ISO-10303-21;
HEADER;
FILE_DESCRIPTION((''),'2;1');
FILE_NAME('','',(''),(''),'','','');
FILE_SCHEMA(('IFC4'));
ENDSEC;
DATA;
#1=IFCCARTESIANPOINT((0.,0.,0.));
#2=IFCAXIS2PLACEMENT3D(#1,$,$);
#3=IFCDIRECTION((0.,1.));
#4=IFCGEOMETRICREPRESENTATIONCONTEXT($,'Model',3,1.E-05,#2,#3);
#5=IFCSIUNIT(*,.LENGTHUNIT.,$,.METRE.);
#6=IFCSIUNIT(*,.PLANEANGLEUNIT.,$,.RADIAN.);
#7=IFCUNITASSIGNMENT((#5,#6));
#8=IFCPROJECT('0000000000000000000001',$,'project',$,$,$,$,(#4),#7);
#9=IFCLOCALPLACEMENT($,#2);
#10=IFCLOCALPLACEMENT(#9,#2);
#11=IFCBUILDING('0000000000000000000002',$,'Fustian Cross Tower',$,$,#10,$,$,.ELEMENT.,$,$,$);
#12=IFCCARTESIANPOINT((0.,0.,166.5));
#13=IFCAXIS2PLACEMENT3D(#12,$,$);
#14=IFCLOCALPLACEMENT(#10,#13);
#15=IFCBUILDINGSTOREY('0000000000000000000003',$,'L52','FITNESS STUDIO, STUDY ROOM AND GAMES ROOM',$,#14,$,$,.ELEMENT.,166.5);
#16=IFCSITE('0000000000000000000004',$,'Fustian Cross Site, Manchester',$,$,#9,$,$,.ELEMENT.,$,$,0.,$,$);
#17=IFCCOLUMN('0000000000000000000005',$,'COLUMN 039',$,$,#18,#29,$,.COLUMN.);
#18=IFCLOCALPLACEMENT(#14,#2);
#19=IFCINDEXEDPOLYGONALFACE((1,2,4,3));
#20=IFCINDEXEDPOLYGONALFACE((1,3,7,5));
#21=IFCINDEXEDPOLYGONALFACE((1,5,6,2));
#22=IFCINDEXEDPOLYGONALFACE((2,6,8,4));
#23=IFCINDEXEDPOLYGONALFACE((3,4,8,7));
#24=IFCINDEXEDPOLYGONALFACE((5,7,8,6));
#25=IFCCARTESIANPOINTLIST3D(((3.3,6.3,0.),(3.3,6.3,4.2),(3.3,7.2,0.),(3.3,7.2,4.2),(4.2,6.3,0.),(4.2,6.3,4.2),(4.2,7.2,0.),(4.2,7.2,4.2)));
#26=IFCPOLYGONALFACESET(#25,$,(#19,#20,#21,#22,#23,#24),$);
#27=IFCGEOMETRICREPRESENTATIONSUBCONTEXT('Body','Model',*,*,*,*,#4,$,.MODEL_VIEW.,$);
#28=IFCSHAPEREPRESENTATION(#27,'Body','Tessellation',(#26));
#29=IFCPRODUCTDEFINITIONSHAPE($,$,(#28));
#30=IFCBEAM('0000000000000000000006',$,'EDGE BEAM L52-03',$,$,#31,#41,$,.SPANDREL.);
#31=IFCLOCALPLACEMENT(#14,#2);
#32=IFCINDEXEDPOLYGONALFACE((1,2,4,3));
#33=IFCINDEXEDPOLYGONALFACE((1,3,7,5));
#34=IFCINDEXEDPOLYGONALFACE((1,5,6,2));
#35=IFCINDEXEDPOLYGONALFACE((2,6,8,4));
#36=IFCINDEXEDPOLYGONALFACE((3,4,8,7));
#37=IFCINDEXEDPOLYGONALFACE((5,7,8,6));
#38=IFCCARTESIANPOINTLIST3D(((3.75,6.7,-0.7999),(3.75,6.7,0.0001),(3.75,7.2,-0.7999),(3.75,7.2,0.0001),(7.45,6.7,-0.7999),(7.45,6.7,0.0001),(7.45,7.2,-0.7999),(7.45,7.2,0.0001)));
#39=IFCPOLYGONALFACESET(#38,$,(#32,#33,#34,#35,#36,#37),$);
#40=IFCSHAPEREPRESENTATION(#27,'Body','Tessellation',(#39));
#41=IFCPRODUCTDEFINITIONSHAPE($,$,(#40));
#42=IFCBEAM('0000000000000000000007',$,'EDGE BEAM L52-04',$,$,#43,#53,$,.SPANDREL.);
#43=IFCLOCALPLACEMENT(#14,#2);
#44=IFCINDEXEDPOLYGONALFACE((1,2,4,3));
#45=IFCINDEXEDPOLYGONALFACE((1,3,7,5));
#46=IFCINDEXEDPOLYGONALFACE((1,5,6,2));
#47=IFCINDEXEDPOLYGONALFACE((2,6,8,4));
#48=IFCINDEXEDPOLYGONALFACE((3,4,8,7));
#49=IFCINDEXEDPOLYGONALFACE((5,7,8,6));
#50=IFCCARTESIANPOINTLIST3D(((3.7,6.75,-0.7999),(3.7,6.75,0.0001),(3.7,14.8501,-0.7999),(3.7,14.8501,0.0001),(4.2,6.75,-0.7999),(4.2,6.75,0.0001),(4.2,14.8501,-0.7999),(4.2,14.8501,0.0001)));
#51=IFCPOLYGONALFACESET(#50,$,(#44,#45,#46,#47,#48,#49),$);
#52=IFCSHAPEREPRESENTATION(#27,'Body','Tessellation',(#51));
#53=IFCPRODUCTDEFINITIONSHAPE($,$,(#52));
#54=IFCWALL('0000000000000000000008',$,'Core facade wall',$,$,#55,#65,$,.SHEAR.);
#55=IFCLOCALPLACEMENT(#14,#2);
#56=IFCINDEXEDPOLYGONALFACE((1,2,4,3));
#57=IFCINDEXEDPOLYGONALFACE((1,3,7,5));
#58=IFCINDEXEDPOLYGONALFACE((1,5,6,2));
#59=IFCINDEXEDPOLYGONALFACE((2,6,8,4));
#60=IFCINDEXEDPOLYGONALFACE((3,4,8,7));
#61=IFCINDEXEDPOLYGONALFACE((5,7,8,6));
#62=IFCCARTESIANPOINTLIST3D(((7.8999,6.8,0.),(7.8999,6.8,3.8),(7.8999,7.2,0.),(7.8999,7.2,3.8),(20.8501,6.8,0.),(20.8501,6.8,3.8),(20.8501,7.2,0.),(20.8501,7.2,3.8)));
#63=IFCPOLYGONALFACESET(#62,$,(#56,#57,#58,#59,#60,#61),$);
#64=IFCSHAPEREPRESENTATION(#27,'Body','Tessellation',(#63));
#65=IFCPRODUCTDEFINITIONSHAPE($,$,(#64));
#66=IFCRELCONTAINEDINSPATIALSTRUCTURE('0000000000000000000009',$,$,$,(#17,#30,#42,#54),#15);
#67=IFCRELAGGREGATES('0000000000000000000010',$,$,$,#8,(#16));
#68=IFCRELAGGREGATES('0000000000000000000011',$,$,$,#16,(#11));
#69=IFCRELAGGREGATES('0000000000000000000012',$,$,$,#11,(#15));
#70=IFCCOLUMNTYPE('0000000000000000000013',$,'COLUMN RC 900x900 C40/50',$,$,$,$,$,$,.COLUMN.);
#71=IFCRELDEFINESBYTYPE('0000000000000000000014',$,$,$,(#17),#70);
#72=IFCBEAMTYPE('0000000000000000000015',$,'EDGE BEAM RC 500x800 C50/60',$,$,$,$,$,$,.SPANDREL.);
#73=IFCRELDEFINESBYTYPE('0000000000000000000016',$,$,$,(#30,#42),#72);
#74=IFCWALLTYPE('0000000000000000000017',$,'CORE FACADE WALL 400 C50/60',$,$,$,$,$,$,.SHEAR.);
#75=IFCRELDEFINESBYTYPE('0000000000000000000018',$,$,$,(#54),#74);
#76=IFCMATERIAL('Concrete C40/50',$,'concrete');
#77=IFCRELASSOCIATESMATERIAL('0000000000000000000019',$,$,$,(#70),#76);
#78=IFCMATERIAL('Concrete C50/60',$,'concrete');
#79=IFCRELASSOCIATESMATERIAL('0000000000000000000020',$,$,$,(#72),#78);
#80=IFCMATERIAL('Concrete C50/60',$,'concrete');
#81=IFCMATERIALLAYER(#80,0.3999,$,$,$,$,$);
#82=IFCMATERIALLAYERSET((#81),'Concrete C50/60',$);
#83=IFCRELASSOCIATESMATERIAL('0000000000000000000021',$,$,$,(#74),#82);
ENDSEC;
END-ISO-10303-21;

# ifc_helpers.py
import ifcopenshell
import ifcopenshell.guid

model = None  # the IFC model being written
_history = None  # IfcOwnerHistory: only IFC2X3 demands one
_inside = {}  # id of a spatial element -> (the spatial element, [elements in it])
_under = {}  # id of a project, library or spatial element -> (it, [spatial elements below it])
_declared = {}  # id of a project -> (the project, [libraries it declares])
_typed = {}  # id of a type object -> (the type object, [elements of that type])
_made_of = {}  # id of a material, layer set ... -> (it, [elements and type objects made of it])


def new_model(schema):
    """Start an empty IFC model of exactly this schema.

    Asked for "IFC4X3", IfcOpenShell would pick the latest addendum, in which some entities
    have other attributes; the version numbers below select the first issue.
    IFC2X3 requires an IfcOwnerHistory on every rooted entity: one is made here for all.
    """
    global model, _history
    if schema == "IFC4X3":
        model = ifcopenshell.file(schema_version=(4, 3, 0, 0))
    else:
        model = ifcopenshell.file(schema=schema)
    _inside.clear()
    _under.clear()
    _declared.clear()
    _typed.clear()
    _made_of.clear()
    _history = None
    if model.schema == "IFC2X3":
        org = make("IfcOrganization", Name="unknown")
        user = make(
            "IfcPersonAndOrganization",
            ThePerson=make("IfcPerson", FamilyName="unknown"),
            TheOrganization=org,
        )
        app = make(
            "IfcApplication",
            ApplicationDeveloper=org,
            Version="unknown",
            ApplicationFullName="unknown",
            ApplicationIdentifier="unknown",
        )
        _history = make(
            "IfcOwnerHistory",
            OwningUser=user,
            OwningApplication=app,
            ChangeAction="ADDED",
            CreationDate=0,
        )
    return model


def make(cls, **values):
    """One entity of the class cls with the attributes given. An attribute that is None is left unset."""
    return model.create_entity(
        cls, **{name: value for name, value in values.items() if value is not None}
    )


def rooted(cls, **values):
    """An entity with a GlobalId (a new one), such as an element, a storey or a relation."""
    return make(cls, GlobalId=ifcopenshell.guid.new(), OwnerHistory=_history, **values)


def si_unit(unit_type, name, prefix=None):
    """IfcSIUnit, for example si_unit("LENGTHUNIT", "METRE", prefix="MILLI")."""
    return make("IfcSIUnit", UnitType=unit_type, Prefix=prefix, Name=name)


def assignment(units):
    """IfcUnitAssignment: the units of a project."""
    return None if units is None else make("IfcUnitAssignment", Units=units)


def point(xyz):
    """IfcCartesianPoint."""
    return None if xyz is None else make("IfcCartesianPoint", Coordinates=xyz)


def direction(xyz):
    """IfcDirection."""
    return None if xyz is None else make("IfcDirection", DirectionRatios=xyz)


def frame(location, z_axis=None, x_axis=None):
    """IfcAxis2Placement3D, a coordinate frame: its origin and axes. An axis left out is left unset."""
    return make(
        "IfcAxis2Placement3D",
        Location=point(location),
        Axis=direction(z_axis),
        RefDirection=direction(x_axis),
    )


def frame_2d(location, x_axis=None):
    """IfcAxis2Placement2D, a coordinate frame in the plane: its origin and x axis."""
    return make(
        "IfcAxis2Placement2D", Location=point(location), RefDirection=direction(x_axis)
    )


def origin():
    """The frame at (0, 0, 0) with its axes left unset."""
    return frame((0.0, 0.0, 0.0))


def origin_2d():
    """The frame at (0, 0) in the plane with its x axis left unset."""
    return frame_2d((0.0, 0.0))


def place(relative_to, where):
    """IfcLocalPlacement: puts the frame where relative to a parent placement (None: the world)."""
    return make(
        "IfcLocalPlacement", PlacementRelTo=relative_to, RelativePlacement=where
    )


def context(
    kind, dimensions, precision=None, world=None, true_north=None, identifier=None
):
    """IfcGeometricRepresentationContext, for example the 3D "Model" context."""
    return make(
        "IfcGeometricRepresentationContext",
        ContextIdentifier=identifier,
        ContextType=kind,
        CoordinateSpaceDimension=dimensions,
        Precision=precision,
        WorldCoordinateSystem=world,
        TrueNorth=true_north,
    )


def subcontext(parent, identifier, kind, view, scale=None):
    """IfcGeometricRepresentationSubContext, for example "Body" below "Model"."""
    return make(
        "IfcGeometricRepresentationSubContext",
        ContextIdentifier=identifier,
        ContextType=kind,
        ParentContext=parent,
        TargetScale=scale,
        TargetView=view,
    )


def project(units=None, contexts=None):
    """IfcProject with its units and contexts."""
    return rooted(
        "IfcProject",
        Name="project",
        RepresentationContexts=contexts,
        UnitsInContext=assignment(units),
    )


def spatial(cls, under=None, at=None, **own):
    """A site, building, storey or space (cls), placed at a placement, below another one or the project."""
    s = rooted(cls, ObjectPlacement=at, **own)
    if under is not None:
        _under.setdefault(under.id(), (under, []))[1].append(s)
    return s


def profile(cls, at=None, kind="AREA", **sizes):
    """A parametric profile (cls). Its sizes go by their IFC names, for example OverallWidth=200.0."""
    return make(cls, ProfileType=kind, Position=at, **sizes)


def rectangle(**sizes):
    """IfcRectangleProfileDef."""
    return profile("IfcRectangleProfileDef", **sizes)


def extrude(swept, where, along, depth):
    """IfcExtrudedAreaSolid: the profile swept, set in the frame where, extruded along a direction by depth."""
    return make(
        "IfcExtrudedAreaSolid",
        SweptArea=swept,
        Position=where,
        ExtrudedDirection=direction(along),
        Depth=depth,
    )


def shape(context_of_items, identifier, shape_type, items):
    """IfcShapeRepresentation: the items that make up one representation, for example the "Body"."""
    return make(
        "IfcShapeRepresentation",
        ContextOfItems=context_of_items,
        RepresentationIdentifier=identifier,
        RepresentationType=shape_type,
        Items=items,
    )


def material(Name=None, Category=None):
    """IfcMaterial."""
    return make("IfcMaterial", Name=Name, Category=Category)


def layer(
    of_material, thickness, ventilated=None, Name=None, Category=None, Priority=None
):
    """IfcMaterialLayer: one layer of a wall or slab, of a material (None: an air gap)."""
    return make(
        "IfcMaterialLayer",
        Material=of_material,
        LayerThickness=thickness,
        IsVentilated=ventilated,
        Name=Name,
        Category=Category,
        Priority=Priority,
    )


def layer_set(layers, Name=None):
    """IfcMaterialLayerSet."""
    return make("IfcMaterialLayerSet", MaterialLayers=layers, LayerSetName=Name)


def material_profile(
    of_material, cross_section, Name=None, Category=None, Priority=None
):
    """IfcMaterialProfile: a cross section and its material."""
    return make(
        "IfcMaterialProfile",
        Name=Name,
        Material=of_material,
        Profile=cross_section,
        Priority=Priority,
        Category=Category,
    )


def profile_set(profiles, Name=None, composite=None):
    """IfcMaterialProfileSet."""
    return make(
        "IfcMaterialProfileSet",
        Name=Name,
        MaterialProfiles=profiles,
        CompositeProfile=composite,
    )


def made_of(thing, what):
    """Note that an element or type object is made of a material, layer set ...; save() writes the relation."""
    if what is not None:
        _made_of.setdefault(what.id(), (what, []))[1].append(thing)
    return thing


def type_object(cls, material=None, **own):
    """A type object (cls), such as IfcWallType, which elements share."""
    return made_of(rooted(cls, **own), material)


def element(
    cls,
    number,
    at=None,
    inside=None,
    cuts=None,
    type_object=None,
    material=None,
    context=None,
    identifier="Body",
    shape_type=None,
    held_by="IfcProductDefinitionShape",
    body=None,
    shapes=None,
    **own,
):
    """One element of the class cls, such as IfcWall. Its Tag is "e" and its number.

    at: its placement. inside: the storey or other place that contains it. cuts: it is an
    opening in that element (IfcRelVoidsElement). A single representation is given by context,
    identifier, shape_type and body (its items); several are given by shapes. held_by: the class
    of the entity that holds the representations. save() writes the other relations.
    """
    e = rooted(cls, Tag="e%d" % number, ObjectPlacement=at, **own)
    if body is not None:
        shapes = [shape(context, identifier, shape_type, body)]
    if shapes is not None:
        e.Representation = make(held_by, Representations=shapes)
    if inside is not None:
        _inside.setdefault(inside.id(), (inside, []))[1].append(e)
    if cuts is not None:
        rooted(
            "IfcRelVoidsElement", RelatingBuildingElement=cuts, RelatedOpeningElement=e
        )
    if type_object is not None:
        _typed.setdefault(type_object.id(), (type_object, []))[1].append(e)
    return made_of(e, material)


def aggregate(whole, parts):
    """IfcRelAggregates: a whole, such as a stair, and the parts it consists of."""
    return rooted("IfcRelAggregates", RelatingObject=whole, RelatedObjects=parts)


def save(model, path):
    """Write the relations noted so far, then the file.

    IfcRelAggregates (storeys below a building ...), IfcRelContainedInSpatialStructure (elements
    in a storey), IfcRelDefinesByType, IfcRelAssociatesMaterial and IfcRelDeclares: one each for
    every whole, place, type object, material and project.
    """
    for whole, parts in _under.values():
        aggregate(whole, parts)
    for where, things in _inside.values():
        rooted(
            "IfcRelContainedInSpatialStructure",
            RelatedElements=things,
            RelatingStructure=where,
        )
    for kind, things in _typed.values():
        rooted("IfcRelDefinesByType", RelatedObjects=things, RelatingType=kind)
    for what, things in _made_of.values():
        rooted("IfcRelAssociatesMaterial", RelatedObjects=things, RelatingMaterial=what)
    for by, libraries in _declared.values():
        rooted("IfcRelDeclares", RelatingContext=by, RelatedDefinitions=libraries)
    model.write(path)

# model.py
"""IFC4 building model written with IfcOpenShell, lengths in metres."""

from ifc_helpers import new_model, si_unit, direction, frame, frame_2d, origin, origin_2d, place, context, subcontext, project, spatial, rectangle, extrude, material, layer, layer_set, material_profile, profile_set, type_object, element, save


model = new_model("IFC4")

# Units and contexts
model_context = context("Model", 3, precision=1e-05, world=origin(), true_north=direction((0.0, 1.0)))
body_context = subcontext(model_context, "Body", "Model", "MODEL_VIEW")
ifc_project = project(units=[si_unit("LENGTHUNIT", "METRE"), si_unit("PLANEANGLEUNIT", "RADIAN")], contexts=[model_context])

# Site, building, storey
site_placement = place(None, origin())
site = spatial("IfcSite", under=ifc_project, at=site_placement, Name="Fustian Cross Site, Manchester", CompositionType="ELEMENT", RefElevation=0.0)
building_placement = place(site_placement, origin())
building = spatial("IfcBuilding", under=site, at=building_placement, Name="Fustian Cross Tower", CompositionType="ELEMENT")
storey_placement = place(building_placement, frame((0.0, 0.0, 166.5)))
storey = spatial("IfcBuildingStorey", under=building, at=storey_placement, Name="L52", Description="FITNESS STUDIO, STUDY ROOM AND GAMES ROOM", CompositionType="ELEMENT", Elevation=166.5)

# Column
ifc_material_1 = material(Name="Concrete C40/50", Category="concrete")
ifc_material_profile_1 = material_profile(ifc_material_1, rectangle(XDim=0.8999, YDim=0.8999, at=origin_2d()), Name="RC 900x900")
ifc_profile_set_1 = profile_set([ifc_material_profile_1], Name="Concrete C40/50")
column_type = type_object("IfcColumnType", Name="COLUMN RC 900x900 C40/50", PredefinedType="COLUMN", material=ifc_profile_set_1)
column_placement = place(storey_placement, frame((3.75, 6.75, 0.0), z_axis=(0.0, 0.0, 1.0), x_axis=(1.0, 0.0, 0.0)))
element("IfcColumn", 1, at=column_placement, inside=storey, type_object=column_type, Name="COLUMN 039", PredefinedType="COLUMN", context=body_context, shape_type="SweptSolid", body=[
    extrude(rectangle(XDim=0.8999, YDim=0.8999, at=origin_2d()), origin(), (0.0, 0.0, 1.0), 4.2),
])

# Beams
ifc_material_2 = material(Name="Concrete C50/60", Category="concrete")
ifc_material_profile_2 = material_profile(ifc_material_2, rectangle(XDim=0.5, YDim=0.8, at=origin_2d()), Name="RC 500x800")
ifc_profile_set_2 = profile_set([ifc_material_profile_2], Name="Concrete C50/60")
beam_type = type_object("IfcBeamType", Name="EDGE BEAM RC 500x800 C50/60", PredefinedType="SPANDREL", material=ifc_profile_set_2)
beam_1_placement = place(storey_placement, frame((7.45, 6.95, -0.3999), z_axis=(-1.0, 0.0, 0.0), x_axis=(0.0, -1.0, 0.0)))
element("IfcBeam", 2, at=beam_1_placement, inside=storey, type_object=beam_type, Name="EDGE BEAM L52-03", PredefinedType="SPANDREL", context=body_context, shape_type="SweptSolid", body=[
    extrude(rectangle(XDim=0.5, YDim=0.8, at=origin_2d()), origin(), (0.0, 0.0, 1.0), 3.7),
])
beam_2_placement = place(storey_placement, frame((3.95, 6.75, -0.3999), z_axis=(0.0, 1.0, 0.0), x_axis=(-1.0, 0.0, 0.0)))
element("IfcBeam", 3, at=beam_2_placement, inside=storey, type_object=beam_type, Name="EDGE BEAM L52-04", PredefinedType="SPANDREL", context=body_context, shape_type="SweptSolid", body=[
    extrude(rectangle(XDim=0.5, YDim=0.8, at=origin_2d()), origin(), (0.0, 0.0, 1.0), 8.1001),
])

# Wall
ifc_material_3 = material(Name="Concrete C50/60", Category="concrete")
ifc_layer_1 = layer(ifc_material_3, 0.3999)
ifc_layer_set_1 = layer_set([ifc_layer_1], Name="Concrete C50/60")
wall_type_1 = type_object("IfcWallType", Name="CORE FACADE WALL 400 C50/60", PredefinedType="SHEAR", material=ifc_layer_set_1)
wall_1_placement = place(storey_placement, frame((7.8999, 7.0, 0.0), z_axis=(0.0, 0.0, 1.0), x_axis=(1.0, 0.0, 0.0)))
element("IfcWall", 4, at=wall_1_placement, inside=storey, type_object=wall_type_1, Name="Core facade wall", PredefinedType="SHEAR", context=body_context, shape_type="SweptSolid", body=[
    extrude(rectangle(XDim=12.9502, YDim=0.3999, at=frame_2d((6.4751, 0.0))), origin(), (0.0, 0.0, 1.0), 3.8),
])

save(model, "model.ifc")
